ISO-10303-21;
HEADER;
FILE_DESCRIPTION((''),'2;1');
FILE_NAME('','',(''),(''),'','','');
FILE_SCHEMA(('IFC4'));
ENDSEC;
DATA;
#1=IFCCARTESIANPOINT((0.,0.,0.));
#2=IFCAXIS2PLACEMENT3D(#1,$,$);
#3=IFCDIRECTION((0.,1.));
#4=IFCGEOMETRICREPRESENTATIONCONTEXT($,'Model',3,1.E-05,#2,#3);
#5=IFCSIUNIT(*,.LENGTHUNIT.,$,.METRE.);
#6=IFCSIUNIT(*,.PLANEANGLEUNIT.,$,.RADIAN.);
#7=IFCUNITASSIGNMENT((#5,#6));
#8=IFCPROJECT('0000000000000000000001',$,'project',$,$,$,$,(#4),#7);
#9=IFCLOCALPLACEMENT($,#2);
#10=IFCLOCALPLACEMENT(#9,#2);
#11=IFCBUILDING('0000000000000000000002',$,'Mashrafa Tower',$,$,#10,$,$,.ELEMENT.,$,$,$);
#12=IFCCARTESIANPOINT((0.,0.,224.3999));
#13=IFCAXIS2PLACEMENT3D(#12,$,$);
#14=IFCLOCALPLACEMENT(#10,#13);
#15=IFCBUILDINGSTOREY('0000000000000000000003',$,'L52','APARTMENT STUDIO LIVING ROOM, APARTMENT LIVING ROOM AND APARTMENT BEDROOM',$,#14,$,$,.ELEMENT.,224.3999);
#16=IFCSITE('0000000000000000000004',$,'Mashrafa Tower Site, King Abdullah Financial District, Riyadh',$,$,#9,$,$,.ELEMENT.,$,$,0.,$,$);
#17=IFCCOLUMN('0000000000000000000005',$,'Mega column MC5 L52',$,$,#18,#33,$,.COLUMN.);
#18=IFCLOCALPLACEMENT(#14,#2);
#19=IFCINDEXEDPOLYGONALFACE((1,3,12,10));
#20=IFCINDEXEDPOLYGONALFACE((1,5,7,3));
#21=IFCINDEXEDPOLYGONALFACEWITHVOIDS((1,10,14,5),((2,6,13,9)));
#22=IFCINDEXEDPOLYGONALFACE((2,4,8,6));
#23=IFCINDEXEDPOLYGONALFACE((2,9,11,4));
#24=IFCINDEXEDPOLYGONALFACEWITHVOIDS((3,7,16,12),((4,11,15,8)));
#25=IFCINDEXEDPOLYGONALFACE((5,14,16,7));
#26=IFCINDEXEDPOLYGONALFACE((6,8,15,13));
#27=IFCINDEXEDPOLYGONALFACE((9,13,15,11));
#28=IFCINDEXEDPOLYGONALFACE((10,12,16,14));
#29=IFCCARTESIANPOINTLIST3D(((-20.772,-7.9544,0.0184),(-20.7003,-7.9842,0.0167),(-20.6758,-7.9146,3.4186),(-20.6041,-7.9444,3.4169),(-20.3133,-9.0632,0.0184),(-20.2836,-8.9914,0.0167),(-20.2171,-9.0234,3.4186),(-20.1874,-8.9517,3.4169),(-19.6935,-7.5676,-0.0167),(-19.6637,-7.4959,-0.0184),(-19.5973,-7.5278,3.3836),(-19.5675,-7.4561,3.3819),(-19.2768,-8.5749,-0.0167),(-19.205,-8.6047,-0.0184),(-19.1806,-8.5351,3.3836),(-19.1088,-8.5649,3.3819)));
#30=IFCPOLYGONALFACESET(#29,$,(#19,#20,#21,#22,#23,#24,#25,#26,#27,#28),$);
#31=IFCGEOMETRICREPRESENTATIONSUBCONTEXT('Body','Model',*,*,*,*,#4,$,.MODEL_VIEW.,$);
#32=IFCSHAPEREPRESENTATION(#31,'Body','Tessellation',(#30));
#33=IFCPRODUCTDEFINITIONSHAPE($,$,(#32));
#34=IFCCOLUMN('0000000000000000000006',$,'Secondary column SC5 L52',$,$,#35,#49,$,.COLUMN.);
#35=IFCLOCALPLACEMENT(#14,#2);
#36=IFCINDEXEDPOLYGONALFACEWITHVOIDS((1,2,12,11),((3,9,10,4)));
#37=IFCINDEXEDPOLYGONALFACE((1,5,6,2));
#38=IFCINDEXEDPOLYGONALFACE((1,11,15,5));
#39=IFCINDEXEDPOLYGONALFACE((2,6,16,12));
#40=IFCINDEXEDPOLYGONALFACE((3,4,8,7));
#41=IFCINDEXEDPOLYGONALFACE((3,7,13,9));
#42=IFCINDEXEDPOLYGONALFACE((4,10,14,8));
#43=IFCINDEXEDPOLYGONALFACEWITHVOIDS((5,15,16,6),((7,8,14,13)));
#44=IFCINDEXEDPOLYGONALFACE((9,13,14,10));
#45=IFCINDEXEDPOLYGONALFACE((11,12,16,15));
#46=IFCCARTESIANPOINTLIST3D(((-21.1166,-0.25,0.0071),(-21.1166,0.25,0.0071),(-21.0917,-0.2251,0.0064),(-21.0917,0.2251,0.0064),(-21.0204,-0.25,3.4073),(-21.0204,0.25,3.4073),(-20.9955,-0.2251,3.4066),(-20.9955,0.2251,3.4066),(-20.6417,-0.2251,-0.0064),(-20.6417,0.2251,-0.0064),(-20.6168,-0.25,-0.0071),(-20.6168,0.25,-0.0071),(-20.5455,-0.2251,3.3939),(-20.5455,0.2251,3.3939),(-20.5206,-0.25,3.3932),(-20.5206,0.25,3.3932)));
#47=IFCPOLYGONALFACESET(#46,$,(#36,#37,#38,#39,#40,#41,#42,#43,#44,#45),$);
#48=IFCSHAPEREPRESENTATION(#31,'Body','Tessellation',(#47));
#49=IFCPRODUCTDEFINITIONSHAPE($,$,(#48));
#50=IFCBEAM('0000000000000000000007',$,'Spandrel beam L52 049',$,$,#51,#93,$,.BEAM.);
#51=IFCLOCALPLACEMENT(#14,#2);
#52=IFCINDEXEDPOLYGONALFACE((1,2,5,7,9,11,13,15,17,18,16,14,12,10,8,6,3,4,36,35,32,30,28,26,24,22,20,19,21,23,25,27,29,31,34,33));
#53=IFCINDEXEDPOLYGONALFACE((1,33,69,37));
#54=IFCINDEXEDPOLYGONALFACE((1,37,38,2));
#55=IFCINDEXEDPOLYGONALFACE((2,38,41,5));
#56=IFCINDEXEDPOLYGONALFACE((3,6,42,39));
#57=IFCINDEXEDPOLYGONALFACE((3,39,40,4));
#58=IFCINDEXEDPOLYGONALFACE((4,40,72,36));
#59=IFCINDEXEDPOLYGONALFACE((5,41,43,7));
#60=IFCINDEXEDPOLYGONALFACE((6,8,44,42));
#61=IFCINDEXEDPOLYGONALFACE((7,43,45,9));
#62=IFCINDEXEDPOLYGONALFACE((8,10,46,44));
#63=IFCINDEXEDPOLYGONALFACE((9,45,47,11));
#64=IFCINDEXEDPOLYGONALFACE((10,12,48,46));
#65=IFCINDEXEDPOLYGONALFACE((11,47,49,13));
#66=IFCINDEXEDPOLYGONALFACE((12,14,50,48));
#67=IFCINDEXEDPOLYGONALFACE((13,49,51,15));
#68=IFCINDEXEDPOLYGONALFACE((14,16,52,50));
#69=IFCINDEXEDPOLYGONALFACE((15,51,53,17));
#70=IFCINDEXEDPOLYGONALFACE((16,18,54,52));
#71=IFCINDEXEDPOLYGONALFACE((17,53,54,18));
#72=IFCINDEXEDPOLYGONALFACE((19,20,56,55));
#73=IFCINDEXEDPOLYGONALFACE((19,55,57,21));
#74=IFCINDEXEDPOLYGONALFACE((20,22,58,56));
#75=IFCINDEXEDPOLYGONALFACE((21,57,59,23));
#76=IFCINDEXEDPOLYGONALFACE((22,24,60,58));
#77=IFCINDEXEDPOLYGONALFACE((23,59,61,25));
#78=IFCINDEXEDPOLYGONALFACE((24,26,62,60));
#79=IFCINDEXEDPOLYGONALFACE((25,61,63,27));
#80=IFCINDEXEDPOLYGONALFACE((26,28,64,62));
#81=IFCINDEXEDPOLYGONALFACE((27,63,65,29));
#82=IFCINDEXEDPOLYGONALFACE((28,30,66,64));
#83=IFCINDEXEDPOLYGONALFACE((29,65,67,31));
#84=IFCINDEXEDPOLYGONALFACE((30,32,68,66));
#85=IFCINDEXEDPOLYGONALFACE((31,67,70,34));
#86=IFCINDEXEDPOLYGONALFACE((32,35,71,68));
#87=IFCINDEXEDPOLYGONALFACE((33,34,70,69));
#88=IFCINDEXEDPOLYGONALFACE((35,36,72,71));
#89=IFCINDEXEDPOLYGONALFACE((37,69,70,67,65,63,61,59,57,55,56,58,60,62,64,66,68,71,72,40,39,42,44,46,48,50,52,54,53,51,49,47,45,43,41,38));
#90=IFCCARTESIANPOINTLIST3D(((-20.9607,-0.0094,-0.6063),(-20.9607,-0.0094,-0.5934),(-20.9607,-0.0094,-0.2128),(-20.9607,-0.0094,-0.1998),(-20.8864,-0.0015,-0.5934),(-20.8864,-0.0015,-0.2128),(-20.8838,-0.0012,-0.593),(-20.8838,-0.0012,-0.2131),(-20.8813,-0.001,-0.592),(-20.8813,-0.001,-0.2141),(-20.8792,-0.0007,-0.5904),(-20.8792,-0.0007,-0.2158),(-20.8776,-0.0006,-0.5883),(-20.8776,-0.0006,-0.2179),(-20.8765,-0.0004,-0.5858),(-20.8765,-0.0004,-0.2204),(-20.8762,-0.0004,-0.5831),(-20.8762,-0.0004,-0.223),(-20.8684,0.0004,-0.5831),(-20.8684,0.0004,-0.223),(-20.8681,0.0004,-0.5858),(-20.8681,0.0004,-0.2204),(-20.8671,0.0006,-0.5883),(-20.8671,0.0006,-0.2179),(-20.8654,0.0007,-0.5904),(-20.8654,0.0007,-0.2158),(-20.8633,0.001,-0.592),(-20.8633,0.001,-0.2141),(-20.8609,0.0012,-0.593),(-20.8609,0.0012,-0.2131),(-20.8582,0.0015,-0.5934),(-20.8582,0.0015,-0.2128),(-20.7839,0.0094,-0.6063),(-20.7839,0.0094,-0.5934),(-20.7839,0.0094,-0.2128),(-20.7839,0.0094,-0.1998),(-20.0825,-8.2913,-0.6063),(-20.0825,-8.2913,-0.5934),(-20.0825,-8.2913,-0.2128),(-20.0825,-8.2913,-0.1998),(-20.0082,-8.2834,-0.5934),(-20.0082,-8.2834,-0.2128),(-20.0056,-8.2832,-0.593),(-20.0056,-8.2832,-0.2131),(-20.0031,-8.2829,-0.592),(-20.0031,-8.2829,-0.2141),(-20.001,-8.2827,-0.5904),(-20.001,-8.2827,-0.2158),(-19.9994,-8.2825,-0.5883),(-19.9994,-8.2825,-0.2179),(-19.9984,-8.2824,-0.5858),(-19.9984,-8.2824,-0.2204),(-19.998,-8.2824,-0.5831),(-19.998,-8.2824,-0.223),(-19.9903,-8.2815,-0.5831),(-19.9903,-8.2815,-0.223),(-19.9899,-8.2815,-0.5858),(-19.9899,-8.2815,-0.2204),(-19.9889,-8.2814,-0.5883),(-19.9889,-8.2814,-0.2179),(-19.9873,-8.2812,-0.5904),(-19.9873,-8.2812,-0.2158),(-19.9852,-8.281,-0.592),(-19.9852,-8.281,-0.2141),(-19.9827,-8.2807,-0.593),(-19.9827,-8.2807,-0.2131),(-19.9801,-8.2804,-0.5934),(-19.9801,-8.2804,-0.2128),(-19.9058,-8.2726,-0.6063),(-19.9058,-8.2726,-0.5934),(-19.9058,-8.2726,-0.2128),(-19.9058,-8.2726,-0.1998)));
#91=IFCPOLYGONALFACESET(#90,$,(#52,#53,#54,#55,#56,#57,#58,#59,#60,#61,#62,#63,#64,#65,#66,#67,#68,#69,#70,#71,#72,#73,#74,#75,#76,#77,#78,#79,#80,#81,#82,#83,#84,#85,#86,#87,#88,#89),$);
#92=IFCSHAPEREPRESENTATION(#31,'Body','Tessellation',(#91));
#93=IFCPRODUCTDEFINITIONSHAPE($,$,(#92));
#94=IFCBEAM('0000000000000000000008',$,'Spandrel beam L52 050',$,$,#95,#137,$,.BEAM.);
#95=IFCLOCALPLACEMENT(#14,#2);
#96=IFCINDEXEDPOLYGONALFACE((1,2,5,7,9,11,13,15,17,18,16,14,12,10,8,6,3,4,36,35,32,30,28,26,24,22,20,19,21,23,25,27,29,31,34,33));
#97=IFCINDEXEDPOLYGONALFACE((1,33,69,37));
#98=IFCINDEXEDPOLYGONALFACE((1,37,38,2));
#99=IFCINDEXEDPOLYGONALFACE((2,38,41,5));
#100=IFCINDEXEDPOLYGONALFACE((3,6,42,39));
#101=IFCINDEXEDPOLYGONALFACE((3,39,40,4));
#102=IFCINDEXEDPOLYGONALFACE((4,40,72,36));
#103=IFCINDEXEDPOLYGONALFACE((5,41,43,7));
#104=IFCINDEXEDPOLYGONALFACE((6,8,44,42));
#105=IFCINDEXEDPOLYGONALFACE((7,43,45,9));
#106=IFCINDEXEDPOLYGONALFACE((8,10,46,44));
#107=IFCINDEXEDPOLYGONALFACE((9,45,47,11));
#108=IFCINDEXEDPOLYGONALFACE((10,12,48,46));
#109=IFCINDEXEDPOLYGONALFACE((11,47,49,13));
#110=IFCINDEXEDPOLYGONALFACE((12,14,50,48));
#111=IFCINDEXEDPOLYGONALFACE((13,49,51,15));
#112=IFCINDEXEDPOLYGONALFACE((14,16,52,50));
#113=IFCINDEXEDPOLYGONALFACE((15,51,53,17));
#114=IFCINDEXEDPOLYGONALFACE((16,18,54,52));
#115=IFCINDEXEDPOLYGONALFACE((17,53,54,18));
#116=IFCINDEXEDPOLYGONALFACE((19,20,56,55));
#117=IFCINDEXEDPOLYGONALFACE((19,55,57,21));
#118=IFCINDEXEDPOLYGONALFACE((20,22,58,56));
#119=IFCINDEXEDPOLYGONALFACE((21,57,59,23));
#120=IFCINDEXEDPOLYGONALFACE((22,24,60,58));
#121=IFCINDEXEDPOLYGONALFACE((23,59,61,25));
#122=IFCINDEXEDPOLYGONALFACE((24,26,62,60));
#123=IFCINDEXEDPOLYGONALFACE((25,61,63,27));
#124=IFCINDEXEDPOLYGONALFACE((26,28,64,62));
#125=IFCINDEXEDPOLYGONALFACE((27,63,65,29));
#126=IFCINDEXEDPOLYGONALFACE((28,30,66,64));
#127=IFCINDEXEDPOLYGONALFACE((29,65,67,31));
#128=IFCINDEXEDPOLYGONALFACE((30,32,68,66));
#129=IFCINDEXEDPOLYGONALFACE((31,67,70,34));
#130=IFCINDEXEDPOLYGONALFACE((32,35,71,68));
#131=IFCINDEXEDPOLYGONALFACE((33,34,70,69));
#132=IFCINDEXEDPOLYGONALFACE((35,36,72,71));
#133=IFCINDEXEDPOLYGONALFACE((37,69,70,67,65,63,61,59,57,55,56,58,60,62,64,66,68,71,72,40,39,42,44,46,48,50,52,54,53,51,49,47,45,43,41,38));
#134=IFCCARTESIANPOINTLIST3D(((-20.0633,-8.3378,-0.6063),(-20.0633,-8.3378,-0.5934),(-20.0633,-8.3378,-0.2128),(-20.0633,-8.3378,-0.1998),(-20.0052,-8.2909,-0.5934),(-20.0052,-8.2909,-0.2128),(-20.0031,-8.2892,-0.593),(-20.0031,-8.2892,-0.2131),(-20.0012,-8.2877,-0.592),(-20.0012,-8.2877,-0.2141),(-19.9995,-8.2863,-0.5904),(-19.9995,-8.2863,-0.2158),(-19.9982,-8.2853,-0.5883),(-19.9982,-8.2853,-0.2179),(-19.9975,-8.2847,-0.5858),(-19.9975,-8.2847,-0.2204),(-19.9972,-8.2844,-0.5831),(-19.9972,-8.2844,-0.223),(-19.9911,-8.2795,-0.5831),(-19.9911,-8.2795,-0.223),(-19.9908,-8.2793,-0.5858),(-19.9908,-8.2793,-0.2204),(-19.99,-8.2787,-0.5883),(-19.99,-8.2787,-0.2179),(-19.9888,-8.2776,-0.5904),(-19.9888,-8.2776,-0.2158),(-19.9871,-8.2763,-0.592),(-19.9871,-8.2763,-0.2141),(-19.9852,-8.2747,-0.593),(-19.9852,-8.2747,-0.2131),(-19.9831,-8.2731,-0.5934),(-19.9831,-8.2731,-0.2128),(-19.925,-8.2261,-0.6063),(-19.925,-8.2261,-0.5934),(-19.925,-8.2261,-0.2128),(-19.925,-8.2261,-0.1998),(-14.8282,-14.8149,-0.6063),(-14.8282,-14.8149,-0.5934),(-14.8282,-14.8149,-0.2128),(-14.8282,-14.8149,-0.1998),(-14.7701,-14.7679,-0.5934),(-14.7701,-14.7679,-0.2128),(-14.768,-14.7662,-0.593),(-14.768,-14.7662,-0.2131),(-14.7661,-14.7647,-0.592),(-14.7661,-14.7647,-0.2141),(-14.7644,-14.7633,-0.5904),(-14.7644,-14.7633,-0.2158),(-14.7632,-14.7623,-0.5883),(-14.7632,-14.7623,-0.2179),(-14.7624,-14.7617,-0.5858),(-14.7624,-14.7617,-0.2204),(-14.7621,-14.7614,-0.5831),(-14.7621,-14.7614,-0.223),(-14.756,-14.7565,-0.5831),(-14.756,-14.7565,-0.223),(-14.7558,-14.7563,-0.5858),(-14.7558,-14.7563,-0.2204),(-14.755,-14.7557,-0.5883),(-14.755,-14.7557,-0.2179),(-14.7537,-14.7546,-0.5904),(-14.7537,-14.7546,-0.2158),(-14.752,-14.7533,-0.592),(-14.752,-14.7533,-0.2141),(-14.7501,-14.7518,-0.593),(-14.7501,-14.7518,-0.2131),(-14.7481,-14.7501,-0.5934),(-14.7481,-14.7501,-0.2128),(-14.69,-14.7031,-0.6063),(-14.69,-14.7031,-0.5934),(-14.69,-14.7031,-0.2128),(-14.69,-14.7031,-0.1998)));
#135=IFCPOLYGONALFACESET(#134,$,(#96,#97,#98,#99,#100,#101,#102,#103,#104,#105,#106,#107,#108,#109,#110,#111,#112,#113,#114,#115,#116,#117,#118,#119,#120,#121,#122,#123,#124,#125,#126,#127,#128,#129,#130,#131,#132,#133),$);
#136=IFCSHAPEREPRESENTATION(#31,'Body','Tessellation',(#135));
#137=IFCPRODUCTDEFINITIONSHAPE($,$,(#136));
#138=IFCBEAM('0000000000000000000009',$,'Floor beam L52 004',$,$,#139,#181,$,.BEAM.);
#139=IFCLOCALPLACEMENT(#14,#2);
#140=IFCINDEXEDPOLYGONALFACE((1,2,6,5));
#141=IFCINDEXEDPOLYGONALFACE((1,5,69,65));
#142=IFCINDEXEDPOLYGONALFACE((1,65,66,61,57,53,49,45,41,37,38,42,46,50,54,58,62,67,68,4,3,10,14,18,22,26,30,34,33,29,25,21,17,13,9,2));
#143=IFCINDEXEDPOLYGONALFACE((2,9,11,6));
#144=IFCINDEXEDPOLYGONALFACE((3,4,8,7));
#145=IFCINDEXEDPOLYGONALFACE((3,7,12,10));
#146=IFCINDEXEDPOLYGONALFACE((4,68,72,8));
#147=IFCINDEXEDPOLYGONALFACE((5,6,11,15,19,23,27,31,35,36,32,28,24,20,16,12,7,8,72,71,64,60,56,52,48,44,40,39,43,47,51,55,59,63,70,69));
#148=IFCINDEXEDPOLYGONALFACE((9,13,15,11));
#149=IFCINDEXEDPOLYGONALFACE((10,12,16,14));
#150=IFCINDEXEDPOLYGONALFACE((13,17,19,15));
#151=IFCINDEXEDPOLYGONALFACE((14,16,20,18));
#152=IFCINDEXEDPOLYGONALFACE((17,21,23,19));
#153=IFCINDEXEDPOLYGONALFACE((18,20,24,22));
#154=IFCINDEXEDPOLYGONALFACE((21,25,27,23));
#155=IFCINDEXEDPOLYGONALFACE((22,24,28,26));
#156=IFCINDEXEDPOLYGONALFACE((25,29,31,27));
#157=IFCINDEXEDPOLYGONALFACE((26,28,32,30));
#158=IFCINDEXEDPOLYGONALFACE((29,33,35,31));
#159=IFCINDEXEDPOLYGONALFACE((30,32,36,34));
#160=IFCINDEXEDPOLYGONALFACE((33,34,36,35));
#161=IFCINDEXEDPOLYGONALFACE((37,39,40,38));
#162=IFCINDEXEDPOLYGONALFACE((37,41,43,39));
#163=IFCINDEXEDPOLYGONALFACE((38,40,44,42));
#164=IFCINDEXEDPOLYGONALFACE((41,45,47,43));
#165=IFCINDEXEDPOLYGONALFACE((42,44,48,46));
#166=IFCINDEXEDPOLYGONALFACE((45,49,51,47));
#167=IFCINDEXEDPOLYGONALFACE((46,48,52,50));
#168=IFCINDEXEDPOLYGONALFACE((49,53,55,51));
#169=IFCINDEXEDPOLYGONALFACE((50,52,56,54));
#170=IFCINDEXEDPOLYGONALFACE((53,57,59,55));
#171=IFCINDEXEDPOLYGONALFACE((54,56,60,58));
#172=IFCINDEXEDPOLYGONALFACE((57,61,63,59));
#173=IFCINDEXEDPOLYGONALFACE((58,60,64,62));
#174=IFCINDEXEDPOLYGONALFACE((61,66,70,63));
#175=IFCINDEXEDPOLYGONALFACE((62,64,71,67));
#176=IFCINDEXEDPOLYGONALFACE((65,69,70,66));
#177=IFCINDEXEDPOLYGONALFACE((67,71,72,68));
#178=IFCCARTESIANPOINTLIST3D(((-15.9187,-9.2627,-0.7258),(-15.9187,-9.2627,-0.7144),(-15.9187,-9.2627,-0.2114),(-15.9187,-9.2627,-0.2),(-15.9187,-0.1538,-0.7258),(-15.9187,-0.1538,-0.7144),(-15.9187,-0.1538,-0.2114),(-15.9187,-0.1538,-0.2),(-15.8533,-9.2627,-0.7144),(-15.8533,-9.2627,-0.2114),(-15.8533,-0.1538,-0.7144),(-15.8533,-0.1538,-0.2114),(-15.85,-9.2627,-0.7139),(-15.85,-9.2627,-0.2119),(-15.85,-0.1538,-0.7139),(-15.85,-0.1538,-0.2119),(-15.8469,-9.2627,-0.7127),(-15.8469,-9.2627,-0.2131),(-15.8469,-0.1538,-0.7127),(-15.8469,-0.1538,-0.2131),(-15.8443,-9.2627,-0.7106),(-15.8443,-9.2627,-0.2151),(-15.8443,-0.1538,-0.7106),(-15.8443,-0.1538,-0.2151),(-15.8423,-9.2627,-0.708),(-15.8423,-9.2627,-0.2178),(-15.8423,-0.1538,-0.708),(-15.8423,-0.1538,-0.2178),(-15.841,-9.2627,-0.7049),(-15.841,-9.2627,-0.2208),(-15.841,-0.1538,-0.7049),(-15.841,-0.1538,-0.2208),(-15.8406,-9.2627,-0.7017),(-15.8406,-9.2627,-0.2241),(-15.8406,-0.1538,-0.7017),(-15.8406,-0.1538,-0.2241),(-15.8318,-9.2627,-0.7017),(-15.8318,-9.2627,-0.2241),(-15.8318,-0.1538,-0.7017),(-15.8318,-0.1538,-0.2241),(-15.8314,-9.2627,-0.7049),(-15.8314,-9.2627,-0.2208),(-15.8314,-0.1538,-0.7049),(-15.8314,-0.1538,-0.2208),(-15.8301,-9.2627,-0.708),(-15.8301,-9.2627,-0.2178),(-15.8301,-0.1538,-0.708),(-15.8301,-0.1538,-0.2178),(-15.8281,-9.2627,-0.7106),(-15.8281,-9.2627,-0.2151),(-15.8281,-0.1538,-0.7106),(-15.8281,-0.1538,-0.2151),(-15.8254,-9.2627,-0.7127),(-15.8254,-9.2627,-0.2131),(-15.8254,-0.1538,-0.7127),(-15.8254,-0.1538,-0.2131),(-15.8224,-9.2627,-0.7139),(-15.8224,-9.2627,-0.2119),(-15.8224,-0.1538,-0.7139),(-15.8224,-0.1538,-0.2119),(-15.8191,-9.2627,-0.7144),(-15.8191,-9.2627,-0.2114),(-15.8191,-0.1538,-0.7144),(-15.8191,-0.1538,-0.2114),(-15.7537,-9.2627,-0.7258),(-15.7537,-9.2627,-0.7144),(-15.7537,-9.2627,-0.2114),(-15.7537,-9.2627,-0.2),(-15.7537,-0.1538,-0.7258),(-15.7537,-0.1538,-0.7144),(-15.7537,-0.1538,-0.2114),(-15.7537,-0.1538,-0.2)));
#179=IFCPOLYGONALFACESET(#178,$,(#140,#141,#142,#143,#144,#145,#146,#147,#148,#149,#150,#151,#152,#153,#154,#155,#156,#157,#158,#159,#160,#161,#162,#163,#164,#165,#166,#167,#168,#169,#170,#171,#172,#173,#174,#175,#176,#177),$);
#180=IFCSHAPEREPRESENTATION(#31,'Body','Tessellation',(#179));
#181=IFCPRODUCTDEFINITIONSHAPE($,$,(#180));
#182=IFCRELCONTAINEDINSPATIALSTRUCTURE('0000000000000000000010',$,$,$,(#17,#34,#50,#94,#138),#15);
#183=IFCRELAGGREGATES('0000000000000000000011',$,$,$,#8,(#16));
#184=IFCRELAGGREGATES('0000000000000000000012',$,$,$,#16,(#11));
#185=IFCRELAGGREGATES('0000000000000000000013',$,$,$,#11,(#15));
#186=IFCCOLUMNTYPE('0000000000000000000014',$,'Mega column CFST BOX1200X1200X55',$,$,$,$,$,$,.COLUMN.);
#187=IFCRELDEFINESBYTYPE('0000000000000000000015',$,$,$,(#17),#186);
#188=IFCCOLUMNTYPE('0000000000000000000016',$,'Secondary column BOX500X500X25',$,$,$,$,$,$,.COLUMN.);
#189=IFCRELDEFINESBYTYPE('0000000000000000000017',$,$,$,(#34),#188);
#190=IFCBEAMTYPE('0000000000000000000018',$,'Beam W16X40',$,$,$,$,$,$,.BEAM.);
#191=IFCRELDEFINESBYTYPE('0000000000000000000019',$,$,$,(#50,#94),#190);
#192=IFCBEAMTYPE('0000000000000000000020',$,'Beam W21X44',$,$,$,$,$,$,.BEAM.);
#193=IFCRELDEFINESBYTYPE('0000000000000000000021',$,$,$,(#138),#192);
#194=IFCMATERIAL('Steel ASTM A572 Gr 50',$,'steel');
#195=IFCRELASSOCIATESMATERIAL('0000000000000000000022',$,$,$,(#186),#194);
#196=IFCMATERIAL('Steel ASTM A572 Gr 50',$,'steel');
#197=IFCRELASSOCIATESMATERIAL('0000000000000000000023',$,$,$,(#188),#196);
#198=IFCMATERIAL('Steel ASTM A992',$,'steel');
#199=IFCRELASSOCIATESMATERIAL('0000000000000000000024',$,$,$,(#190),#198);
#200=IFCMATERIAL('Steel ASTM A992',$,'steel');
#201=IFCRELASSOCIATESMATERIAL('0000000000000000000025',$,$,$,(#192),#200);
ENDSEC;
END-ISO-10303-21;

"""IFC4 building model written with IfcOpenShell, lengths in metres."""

from ifc_helpers import new_model, si_unit, direction, frame, origin, origin_2d, place, context, subcontext, project, spatial, hollow_rectangle, i_section, extrude, material, material_profile, profile_set, type_object, element, save


model = new_model("IFC4")

# Units and contexts
model_context = context("Model", 3, precision=1e-05, world=origin(), true_north=direction((0.0, 1.0)))
body_context = subcontext(model_context, "Body", "Model", "MODEL_VIEW")
ifc_project = project(units=[si_unit("LENGTHUNIT", "METRE"), si_unit("PLANEANGLEUNIT", "RADIAN")], contexts=[model_context])

# Site, building, storey
site_placement = place(None, origin())
site = spatial("IfcSite", under=ifc_project, at=site_placement, Name="Mashrafa Tower Site, King Abdullah Financial District, Riyadh", CompositionType="ELEMENT", RefElevation=0.0)
building_placement = place(site_placement, origin())
building = spatial("IfcBuilding", under=site, at=building_placement, Name="Mashrafa Tower", CompositionType="ELEMENT")
storey_placement = place(building_placement, frame((0.0, 0.0, 224.3999)))
storey = spatial("IfcBuildingStorey", under=building, at=storey_placement, Name="L52", Description="APARTMENT STUDIO LIVING ROOM, APARTMENT LIVING ROOM AND APARTMENT BEDROOM", CompositionType="ELEMENT", Elevation=224.3999)

# Columns
ifc_material_1 = material(Name="Steel ASTM A572 Gr 50", Category="steel")
ifc_material_profile_1 = material_profile(ifc_material_1, hollow_rectangle(XDim=1.2, YDim=1.2, WallThickness=0.0549, at=origin_2d()), Name="BOX1200X1200X55")
ifc_profile_set_1 = profile_set([ifc_material_profile_1], Name="Steel ASTM A572 Gr 50")
column_type_1 = type_object("IfcColumnType", Name="Mega column CFST BOX1200X1200X55", PredefinedType="COLUMN", material=ifc_profile_set_1)
column_1_placement = place(storey_placement, frame((-19.9885, -8.2795, 0.0), z_axis=(0.028277, 0.011698, 0.999532), x_axis=(-0.382283, 0.924045, 0.0)))
element("IfcColumn", 1, at=column_1_placement, inside=storey, type_object=column_type_1, Name="Mega column MC5 L52", PredefinedType="COLUMN", context=body_context, shape_type="SweptSolid", body=[
    extrude(hollow_rectangle(XDim=1.2, YDim=1.2, WallThickness=0.0549, at=origin_2d()), origin(), (0.0, 0.0, 1.0), 3.4019),
])
ifc_material_2 = material(Name="Steel ASTM A572 Gr 50", Category="steel")
ifc_material_profile_2 = material_profile(ifc_material_2, hollow_rectangle(XDim=0.5, YDim=0.5, WallThickness=0.0249, at=origin_2d()), Name="BOX500X500X25")
ifc_profile_set_2 = profile_set([ifc_material_profile_2], Name="Steel ASTM A572 Gr 50")
column_type_2 = type_object("IfcColumnType", Name="Secondary column BOX500X500X25", PredefinedType="COLUMN", material=ifc_profile_set_2)
column_2_placement = place(storey_placement, frame((-20.8667, 0.0, 0.0), z_axis=(0.028279, 0.0, 0.9996), x_axis=(0.0, 1.0, 0.0)))
element("IfcColumn", 2, at=column_2_placement, inside=storey, type_object=column_type_2, Name="Secondary column SC5 L52", PredefinedType="COLUMN", context=body_context, shape_type="SweptSolid", body=[
    extrude(hollow_rectangle(XDim=0.5, YDim=0.5, WallThickness=0.0249, at=origin_2d()), origin(), (0.0, 0.0, 1.0), 3.4016),
])

# Beams
ifc_material_3 = material(Name="Steel ASTM A992", Category="steel")
ifc_material_profile_3 = material_profile(ifc_material_3, i_section(OverallWidth=0.1777, OverallDepth=0.4065, WebThickness=0.0078, FlangeThickness=0.0129, FilletRadius=0.0103, at=origin_2d()), Name="W16X40")
ifc_profile_set_3 = profile_set([ifc_material_profile_3], Name="Steel ASTM A992")
beam_type_1 = type_object("IfcBeamType", Name="Beam W16X40", PredefinedType="BEAM", material=ifc_profile_set_3)
beam_1_placement = place(storey_placement, frame((-20.8723, 0.0, -0.4031), z_axis=(0.105443, -0.994425, 0.0), x_axis=(0.994425, 0.105443, 0.0)))
element("IfcBeam", 3, at=beam_1_placement, inside=storey, type_object=beam_type_1, Name="Spandrel beam L52 049", PredefinedType="BEAM", context=body_context, shape_type="SweptSolid", body=[
    extrude(i_section(OverallWidth=0.1777, OverallDepth=0.4065, WebThickness=0.0078, FlangeThickness=0.0129, FilletRadius=0.0103, at=origin_2d()), origin(), (0.0, 0.0, 1.0), 8.3284),
])
beam_2_placement = place(storey_placement, frame((-19.9941, -8.282, -0.4031), z_axis=(0.628602, -0.777727, 0.0), x_axis=(0.777727, 0.628602, 0.0)))
element("IfcBeam", 4, at=beam_2_placement, inside=storey, type_object=beam_type_1, Name="Spandrel beam L52 050", PredefinedType="BEAM", context=body_context, shape_type="SweptSolid", body=[
    extrude(i_section(OverallWidth=0.1777, OverallDepth=0.4065, WebThickness=0.0078, FlangeThickness=0.0129, FilletRadius=0.0103, at=origin_2d()), origin(), (0.0, 0.0, 1.0), 8.3281),
])
ifc_material_4 = material(Name="Steel ASTM A992", Category="steel")
ifc_material_profile_4 = material_profile(ifc_material_4, i_section(OverallWidth=0.165, OverallDepth=0.5259, WebThickness=0.0088, FlangeThickness=0.0115, FilletRadius=0.0127, at=origin_2d()), Name="W21X44")
ifc_profile_set_4 = profile_set([ifc_material_profile_4], Name="Steel ASTM A992")
beam_type_2 = type_object("IfcBeamType", Name="Beam W21X44", PredefinedType="BEAM", material=ifc_profile_set_4)
beam_3_placement = place(storey_placement, frame((-15.8362, -9.2627, -0.4629), z_axis=(0.0, 1.0, 0.0), x_axis=(-1.0, 0.0, 0.0)))
element("IfcBeam", 5, at=beam_3_placement, inside=storey, type_object=beam_type_2, Name="Floor beam L52 004", PredefinedType="BEAM", context=body_context, shape_type="SweptSolid", body=[
    extrude(i_section(OverallWidth=0.165, OverallDepth=0.5259, WebThickness=0.0088, FlangeThickness=0.0115, FilletRadius=0.0127, at=origin_2d()), origin(), (0.0, 0.0, 1.0), 9.1089),
])

save(model, "model.ifc")
